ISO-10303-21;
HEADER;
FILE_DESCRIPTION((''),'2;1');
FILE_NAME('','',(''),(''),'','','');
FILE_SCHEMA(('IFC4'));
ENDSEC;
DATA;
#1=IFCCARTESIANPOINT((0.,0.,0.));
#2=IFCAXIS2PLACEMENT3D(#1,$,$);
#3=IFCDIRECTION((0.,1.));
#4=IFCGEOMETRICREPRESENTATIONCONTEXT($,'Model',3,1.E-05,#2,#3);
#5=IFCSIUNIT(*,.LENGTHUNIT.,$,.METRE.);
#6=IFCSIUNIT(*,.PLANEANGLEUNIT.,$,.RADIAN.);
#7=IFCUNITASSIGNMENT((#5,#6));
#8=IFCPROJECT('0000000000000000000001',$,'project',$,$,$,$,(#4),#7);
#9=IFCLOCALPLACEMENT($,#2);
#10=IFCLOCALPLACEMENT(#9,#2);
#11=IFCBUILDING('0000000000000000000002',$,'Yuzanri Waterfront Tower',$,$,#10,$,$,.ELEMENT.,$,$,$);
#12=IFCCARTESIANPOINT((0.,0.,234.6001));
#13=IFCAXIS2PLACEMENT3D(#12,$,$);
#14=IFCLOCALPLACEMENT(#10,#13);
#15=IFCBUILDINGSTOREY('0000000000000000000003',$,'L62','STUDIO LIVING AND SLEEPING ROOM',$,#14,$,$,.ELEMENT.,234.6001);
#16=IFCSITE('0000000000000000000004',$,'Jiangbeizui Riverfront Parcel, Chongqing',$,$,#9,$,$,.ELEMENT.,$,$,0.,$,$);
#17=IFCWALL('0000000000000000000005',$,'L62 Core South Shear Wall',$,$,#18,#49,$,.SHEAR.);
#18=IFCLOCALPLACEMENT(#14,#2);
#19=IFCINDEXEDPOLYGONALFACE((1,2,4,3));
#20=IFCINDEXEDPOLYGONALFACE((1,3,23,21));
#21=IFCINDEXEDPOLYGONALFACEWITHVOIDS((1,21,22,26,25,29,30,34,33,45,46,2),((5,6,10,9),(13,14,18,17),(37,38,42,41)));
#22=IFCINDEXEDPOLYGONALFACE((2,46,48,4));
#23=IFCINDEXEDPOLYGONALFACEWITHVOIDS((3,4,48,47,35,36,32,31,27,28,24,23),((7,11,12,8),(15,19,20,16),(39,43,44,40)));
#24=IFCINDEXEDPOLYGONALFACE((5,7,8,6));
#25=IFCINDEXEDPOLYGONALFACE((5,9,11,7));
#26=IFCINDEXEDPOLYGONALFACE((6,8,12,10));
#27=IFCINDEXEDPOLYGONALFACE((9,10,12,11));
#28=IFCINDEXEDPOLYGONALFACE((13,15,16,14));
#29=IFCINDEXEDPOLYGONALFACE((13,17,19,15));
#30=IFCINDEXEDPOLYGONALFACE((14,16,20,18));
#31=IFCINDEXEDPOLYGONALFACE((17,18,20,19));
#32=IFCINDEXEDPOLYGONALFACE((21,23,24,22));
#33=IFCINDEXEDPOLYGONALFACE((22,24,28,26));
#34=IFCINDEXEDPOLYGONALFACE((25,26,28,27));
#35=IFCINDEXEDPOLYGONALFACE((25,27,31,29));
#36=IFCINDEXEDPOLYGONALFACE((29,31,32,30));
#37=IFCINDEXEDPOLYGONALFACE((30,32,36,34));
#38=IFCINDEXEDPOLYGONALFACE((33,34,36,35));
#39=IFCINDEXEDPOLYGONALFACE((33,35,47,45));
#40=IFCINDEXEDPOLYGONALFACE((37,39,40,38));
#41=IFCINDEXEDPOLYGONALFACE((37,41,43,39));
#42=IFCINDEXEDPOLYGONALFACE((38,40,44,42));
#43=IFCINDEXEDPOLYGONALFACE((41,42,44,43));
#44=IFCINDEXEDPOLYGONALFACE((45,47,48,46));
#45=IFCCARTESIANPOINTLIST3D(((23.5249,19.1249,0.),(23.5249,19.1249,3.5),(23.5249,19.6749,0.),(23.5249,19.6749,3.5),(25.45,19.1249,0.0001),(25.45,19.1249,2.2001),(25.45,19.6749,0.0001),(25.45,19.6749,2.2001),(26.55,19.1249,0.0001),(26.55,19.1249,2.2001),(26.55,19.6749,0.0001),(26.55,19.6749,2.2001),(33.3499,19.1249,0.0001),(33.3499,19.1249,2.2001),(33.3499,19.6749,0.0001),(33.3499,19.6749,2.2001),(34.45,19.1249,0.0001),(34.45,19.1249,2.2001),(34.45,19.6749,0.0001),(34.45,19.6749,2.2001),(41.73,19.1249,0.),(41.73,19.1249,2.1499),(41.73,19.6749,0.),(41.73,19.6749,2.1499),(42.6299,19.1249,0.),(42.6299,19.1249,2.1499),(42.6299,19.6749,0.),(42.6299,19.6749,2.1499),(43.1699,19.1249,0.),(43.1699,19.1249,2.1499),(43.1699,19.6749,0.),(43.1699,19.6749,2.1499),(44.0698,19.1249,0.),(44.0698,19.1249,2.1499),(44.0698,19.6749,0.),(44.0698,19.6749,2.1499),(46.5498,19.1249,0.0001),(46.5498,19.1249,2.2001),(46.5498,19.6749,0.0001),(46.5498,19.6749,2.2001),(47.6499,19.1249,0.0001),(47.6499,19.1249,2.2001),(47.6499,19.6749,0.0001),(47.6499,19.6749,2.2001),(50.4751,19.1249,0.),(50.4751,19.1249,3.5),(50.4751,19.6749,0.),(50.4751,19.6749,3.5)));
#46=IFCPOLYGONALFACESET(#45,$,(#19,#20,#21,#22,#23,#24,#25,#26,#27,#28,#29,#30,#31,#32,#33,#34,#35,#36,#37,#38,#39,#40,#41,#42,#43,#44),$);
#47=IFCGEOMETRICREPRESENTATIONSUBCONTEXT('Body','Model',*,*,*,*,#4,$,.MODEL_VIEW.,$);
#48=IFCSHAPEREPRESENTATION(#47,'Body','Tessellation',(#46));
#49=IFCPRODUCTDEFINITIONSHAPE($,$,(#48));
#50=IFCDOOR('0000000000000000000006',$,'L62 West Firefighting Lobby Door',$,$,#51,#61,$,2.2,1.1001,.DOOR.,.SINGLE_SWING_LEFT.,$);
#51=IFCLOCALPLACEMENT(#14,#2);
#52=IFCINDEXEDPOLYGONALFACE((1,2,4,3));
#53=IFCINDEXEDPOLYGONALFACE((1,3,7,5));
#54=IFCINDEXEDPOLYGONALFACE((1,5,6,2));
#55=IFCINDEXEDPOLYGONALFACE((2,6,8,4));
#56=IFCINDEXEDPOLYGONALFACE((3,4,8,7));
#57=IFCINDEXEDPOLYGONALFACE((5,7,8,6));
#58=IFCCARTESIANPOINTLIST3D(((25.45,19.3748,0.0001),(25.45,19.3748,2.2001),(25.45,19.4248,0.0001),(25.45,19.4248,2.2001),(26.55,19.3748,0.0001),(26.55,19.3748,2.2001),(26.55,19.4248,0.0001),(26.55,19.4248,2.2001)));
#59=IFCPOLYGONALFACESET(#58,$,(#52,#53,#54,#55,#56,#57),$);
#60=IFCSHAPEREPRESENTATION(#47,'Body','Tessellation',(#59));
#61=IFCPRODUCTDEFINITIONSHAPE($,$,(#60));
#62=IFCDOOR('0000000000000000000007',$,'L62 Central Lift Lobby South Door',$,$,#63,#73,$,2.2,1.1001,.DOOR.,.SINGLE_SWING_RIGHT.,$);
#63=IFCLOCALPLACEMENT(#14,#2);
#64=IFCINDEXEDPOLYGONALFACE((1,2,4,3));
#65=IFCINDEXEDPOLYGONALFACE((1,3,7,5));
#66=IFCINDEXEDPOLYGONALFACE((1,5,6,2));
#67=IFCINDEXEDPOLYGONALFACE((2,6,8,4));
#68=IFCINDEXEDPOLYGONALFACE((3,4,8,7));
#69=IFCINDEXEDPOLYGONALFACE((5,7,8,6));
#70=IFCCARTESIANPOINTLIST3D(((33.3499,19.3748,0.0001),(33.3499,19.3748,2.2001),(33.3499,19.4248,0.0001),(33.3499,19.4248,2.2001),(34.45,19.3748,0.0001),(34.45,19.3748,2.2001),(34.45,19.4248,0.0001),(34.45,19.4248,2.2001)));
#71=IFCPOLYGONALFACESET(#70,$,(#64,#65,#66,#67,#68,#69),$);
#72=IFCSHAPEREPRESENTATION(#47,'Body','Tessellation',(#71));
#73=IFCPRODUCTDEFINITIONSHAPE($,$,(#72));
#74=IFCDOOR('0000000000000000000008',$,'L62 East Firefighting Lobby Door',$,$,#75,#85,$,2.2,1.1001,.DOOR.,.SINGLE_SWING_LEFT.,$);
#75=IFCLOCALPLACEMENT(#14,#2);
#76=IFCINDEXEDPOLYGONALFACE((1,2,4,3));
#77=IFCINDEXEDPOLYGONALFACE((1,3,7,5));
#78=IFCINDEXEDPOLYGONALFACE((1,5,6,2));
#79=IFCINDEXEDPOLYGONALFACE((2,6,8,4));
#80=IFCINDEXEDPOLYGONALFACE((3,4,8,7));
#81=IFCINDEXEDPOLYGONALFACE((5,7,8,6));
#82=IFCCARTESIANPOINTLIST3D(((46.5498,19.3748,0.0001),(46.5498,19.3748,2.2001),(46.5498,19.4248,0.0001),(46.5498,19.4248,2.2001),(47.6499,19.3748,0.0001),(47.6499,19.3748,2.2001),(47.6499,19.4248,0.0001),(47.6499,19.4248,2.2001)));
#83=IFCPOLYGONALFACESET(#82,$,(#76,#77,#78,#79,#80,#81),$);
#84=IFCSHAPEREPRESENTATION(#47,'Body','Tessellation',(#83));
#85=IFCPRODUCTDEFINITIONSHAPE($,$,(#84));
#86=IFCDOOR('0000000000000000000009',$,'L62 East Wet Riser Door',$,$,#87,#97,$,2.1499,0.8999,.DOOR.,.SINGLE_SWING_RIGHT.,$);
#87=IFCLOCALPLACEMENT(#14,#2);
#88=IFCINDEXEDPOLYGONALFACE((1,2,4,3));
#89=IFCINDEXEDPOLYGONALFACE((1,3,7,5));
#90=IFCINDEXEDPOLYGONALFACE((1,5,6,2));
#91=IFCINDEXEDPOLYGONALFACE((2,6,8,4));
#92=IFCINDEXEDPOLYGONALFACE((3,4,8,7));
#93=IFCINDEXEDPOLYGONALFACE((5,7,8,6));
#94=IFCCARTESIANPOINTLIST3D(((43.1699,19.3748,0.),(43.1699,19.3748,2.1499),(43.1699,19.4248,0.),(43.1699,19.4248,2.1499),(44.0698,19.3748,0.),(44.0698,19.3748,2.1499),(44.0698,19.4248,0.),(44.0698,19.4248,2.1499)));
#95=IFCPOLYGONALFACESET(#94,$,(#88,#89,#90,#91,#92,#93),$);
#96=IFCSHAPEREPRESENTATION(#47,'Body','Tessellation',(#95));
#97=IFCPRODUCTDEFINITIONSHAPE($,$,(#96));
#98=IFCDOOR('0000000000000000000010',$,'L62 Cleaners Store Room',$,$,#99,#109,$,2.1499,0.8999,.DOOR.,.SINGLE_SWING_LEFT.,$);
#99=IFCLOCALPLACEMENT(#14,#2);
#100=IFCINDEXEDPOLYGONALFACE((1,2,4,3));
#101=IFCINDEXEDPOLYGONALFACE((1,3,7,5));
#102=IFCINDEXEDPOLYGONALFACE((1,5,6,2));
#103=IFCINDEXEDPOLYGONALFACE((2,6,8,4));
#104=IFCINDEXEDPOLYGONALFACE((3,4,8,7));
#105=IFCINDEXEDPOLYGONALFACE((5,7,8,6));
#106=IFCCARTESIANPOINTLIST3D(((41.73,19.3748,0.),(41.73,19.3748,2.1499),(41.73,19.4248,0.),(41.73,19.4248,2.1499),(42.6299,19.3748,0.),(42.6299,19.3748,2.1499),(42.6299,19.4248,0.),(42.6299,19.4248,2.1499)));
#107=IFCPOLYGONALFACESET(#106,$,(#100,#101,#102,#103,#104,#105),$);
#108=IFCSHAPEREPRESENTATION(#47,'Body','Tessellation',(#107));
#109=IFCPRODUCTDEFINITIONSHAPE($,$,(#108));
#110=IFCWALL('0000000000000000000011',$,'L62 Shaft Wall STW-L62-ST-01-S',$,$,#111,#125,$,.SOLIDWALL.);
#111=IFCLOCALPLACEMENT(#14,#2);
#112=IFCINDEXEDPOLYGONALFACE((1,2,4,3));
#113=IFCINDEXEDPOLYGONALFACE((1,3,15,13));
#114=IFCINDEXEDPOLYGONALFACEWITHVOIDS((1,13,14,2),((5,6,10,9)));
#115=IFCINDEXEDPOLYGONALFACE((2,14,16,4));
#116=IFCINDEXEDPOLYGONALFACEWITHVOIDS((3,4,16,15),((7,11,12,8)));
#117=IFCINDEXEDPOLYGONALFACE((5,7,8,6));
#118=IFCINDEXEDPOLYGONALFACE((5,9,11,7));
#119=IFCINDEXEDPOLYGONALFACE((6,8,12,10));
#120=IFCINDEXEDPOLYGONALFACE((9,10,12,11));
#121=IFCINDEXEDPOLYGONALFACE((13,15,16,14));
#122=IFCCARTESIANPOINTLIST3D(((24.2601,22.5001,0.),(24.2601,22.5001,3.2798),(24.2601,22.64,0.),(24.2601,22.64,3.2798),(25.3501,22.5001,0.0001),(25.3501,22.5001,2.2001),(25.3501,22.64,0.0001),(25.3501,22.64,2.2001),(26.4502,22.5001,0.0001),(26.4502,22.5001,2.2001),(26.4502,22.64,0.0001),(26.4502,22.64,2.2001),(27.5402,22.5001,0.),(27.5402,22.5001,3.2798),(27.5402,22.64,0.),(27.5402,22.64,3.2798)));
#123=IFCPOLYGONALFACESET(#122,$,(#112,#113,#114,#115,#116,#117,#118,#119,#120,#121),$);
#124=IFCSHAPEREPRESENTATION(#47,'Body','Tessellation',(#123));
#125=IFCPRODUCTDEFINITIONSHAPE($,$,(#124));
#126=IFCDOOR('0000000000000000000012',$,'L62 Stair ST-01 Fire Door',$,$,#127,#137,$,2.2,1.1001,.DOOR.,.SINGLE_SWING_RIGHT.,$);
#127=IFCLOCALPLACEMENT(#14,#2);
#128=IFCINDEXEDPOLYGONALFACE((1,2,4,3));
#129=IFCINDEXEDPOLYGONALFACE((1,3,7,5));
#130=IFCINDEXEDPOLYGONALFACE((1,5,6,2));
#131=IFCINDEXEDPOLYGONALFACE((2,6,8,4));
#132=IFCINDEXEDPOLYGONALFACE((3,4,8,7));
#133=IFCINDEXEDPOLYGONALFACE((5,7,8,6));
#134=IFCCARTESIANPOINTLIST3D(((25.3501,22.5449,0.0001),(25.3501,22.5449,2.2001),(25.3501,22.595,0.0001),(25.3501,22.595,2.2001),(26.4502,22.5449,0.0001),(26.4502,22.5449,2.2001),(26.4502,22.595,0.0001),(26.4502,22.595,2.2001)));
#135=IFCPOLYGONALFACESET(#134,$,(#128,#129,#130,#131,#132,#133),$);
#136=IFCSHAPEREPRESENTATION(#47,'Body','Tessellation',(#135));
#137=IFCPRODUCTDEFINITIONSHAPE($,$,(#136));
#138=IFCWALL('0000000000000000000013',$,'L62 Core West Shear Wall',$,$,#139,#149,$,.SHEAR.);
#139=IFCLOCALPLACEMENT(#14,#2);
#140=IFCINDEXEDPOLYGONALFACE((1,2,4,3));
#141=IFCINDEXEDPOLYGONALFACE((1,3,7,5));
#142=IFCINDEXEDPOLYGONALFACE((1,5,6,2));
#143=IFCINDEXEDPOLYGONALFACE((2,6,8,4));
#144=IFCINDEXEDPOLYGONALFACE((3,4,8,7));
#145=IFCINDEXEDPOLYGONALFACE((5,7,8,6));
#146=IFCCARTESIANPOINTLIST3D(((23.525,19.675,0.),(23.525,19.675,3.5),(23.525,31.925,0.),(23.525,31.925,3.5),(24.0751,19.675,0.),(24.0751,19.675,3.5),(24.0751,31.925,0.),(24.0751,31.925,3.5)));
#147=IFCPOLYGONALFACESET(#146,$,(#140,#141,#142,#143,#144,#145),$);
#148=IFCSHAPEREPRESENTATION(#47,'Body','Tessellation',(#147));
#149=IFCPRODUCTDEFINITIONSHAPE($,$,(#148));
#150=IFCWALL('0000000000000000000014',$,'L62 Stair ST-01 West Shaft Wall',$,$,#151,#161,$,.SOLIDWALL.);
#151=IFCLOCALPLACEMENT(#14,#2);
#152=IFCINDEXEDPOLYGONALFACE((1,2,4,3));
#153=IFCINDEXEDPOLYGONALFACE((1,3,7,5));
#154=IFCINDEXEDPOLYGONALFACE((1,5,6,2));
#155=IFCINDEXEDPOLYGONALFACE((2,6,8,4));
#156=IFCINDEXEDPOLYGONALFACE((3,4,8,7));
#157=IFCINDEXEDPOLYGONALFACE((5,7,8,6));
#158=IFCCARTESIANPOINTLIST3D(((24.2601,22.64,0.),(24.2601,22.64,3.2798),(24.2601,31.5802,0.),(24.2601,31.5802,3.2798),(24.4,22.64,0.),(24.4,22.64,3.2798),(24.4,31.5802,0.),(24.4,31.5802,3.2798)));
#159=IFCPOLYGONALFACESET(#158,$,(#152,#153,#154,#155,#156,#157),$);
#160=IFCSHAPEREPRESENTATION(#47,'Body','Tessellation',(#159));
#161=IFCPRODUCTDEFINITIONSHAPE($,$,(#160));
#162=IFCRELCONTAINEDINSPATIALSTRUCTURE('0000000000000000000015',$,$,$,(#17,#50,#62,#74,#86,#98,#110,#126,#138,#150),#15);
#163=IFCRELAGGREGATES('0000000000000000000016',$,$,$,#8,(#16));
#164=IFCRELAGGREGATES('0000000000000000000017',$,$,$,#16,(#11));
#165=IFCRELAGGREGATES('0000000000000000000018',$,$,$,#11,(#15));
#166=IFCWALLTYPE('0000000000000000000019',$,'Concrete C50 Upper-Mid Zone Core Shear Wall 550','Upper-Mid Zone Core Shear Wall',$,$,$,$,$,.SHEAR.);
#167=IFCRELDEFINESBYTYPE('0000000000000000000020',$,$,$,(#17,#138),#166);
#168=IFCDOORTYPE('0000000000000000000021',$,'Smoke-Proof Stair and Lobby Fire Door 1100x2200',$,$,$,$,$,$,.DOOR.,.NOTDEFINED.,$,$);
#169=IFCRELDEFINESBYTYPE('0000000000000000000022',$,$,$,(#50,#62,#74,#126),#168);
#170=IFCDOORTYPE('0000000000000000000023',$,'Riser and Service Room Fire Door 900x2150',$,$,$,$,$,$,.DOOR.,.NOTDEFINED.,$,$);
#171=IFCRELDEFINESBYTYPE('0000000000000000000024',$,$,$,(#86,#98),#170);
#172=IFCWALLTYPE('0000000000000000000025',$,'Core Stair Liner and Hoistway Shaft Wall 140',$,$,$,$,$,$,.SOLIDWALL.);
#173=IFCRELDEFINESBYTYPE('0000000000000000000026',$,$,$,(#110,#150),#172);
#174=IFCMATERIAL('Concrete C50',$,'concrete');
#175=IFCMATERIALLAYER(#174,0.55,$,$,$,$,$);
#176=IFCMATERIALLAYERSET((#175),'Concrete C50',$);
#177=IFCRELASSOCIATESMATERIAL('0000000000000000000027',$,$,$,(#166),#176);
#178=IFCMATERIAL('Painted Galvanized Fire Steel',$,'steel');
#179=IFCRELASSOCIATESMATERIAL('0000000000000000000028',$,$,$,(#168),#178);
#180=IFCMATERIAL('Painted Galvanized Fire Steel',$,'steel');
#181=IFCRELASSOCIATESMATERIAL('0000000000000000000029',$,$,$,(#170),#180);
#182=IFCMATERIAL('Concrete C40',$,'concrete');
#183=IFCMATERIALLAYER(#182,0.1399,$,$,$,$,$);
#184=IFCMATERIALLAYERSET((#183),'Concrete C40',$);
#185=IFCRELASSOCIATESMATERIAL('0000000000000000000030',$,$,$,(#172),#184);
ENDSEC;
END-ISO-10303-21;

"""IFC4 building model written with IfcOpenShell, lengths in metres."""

from ifc_helpers import new_model, si_unit, direction, frame, frame_2d, origin, place, context, subcontext, project, spatial, rectangle, extrude, source, transform, mapped, material, layer, layer_set, type_object, element, fill, save


model = new_model("IFC4")

# Units and contexts
model_context = context("Model", 3, precision=1e-05, world=origin(), true_north=direction((0.0, 1.0)))
body_context = subcontext(model_context, "Body", "Model", "MODEL_VIEW")
ifc_project = project(units=[si_unit("LENGTHUNIT", "METRE"), si_unit("PLANEANGLEUNIT", "RADIAN")], contexts=[model_context])

# Site, building, storey
site_placement = place(None, origin())
site = spatial("IfcSite", under=ifc_project, at=site_placement, Name="Jiangbeizui Riverfront Parcel, Chongqing", CompositionType="ELEMENT", RefElevation=0.0)
building_placement = place(site_placement, origin())
building = spatial("IfcBuilding", under=site, at=building_placement, Name="Yuzanri Waterfront Tower", CompositionType="ELEMENT")
storey_placement = place(building_placement, frame((0.0, 0.0, 234.6001)))
storey = spatial("IfcBuildingStorey", under=building, at=storey_placement, Name="L62", Description="STUDIO LIVING AND SLEEPING ROOM", CompositionType="ELEMENT", Elevation=234.6001)

# Wall, openings, doors
ifc_material_1 = material(Name="Concrete C50", Category="concrete")
ifc_layer_1 = layer(ifc_material_1, 0.55)
ifc_layer_set_1 = layer_set([ifc_layer_1], Name="Concrete C50")
wall_type_1 = type_object("IfcWallType", Name="Concrete C50 Upper-Mid Zone Core Shear Wall 550", Description="Upper-Mid Zone Core Shear Wall", PredefinedType="SHEAR", material=ifc_layer_set_1)
wall_1_placement = place(storey_placement, frame((23.5249, 19.3999, 0.0), z_axis=(0.0, 0.0, 1.0), x_axis=(1.0, 0.0, 0.0)))
wall_1 = element("IfcWall", 1, at=wall_1_placement, inside=storey, type_object=wall_type_1, Name="L62 Core South Shear Wall", PredefinedType="SHEAR", context=body_context, shape_type="SweptSolid", body=[
    extrude(rectangle(XDim=26.9502, YDim=0.55, at=frame_2d((13.4751, 0.0))), origin(), (0.0, 0.0, 1.0), 3.5),
])
opening_1_placement = place(wall_1_placement, frame((1.925, 0.0, 0.0)))
opening_1 = element("IfcOpeningElement", 2, at=opening_1_placement, cuts=wall_1, PredefinedType="OPENING", context=body_context, shape_type="SweptSolid", body=[
    extrude(rectangle(XDim=1.1001, YDim=2.2, at=frame_2d((0.55, 1.1001))), frame((0.0, 0.29, 0.0), z_axis=(0.0, -1.0, 0.0), x_axis=(1.0, 0.0, 0.0)), (0.0, 0.0, 1.0), 0.5798),
])
opening_2_placement = place(wall_1_placement, frame((9.825, 0.0, 0.0)))
opening_2 = element("IfcOpeningElement", 3, at=opening_2_placement, cuts=wall_1, PredefinedType="OPENING", context=body_context, shape_type="SweptSolid", body=[
    extrude(rectangle(XDim=1.1001, YDim=2.2, at=frame_2d((0.55, 1.1001))), frame((0.0, 0.29, 0.0), z_axis=(0.0, -1.0, 0.0), x_axis=(1.0, 0.0, 0.0)), (0.0, 0.0, 1.0), 0.5798),
])
opening_3_placement = place(wall_1_placement, frame((23.0249, 0.0, 0.0)))
opening_3 = element("IfcOpeningElement", 4, at=opening_3_placement, cuts=wall_1, PredefinedType="OPENING", context=body_context, shape_type="SweptSolid", body=[
    extrude(rectangle(XDim=1.1001, YDim=2.2, at=frame_2d((0.55, 1.1001))), frame((0.0, 0.29, 0.0), z_axis=(0.0, -1.0, 0.0), x_axis=(1.0, 0.0, 0.0)), (0.0, 0.0, 1.0), 0.5798),
])
opening_4_placement = place(wall_1_placement, frame((19.645, 0.0, 0.0)))
opening_4 = element("IfcOpeningElement", 5, at=opening_4_placement, cuts=wall_1, PredefinedType="OPENING", context=body_context, shape_type="SweptSolid", body=[
    extrude(rectangle(XDim=0.8999, YDim=2.1499, at=frame_2d((0.45, 1.075))), frame((0.0, 0.29, 0.0), z_axis=(0.0, -1.0, 0.0), x_axis=(1.0, 0.0, 0.0)), (0.0, 0.0, 1.0), 0.5798),
])
opening_5_placement = place(wall_1_placement, frame((18.2051, 0.0, 0.0)))
opening_5 = element("IfcOpeningElement", 6, at=opening_5_placement, cuts=wall_1, PredefinedType="OPENING", context=body_context, shape_type="SweptSolid", body=[
    extrude(rectangle(XDim=0.8999, YDim=2.1499, at=frame_2d((0.45, 1.075))), frame((0.0, 0.29, 0.0), z_axis=(0.0, -1.0, 0.0), x_axis=(1.0, 0.0, 0.0)), (0.0, 0.0, 1.0), 0.5798),
])
ifc_material_2 = material(Name="Painted Galvanized Fire Steel", Category="steel")
door_type_1 = type_object("IfcDoorType", Name="Smoke-Proof Stair and Lobby Fire Door 1100x2200", OperationType="NOTDEFINED", PredefinedType="DOOR", material=ifc_material_2)
shared_shape_1 = source(origin(), body_context, "Body", "SweptSolid", [
    extrude(rectangle(XDim=1.1001, YDim=2.2, at=frame_2d((0.55, 1.1001))), frame((0.0, 0.0249, 0.0), z_axis=(0.0, -1.0, 0.0), x_axis=(1.0, 0.0, 0.0)), (0.0, 0.0, 1.0), 0.05),
])
door_1_placement = place(opening_1_placement, origin())
door_1 = element("IfcDoor", 7, at=door_1_placement, inside=storey, type_object=door_type_1, Name="L62 West Firefighting Lobby Door", OperationType="SINGLE_SWING_LEFT", OverallHeight=2.2, OverallWidth=1.1001, PredefinedType="DOOR", context=body_context, shape_type="MappedRepresentation", body=[
    mapped(shared_shape_1, transform((0.0, 0.0, 0.0), scale=1.0)),
])
fill(opening_1, door_1)
door_2_placement = place(opening_2_placement, origin())
door_2 = element("IfcDoor", 8, at=door_2_placement, inside=storey, type_object=door_type_1, Name="L62 Central Lift Lobby South Door", OperationType="SINGLE_SWING_RIGHT", OverallHeight=2.2, OverallWidth=1.1001, PredefinedType="DOOR", context=body_context, shape_type="MappedRepresentation", body=[
    mapped(shared_shape_1, transform((0.0, 0.0, 0.0), scale=1.0)),
])
fill(opening_2, door_2)
door_3_placement = place(opening_3_placement, origin())
door_3 = element("IfcDoor", 9, at=door_3_placement, inside=storey, type_object=door_type_1, Name="L62 East Firefighting Lobby Door", OperationType="SINGLE_SWING_LEFT", OverallHeight=2.2, OverallWidth=1.1001, PredefinedType="DOOR", context=body_context, shape_type="MappedRepresentation", body=[
    mapped(shared_shape_1, transform((0.0, 0.0, 0.0), scale=1.0)),
])
fill(opening_3, door_3)
ifc_material_3 = material(Name="Painted Galvanized Fire Steel", Category="steel")
door_type_2 = type_object("IfcDoorType", Name="Riser and Service Room Fire Door 900x2150", OperationType="NOTDEFINED", PredefinedType="DOOR", material=ifc_material_3)
shared_shape_2 = source(origin(), body_context, "Body", "SweptSolid", [
    extrude(rectangle(XDim=0.8999, YDim=2.1499, at=frame_2d((0.45, 1.075))), frame((0.0, 0.0249, 0.0), z_axis=(0.0, -1.0, 0.0), x_axis=(1.0, 0.0, 0.0)), (0.0, 0.0, 1.0), 0.05),
])
door_4_placement = place(opening_4_placement, origin())
door_4 = element("IfcDoor", 10, at=door_4_placement, inside=storey, type_object=door_type_2, Name="L62 East Wet Riser Door", OperationType="SINGLE_SWING_RIGHT", OverallHeight=2.1499, OverallWidth=0.8999, PredefinedType="DOOR", context=body_context, shape_type="MappedRepresentation", body=[
    mapped(shared_shape_2, transform((0.0, 0.0, 0.0), scale=1.0)),
])
fill(opening_4, door_4)
door_5_placement = place(opening_5_placement, origin())
door_5 = element("IfcDoor", 11, at=door_5_placement, inside=storey, type_object=door_type_2, Name="L62 Cleaners Store Room", OperationType="SINGLE_SWING_LEFT", OverallHeight=2.1499, OverallWidth=0.8999, PredefinedType="DOOR", context=body_context, shape_type="MappedRepresentation", body=[
    mapped(shared_shape_2, transform((0.0, 0.0, 0.0), scale=1.0)),
])
fill(opening_5, door_5)

# Wall, opening, door
ifc_material_4 = material(Name="Concrete C40", Category="concrete")
ifc_layer_2 = layer(ifc_material_4, 0.1399)
ifc_layer_set_2 = layer_set([ifc_layer_2], Name="Concrete C40")
wall_type_2 = type_object("IfcWallType", Name="Core Stair Liner and Hoistway Shaft Wall 140", PredefinedType="SOLIDWALL", material=ifc_layer_set_2)
wall_2_placement = place(storey_placement, frame((24.26, 22.5701, 0.0), z_axis=(0.0, 0.0, 1.0), x_axis=(1.0, 0.0, 0.0)))
wall_2 = element("IfcWall", 12, at=wall_2_placement, inside=storey, type_object=wall_type_2, Name="L62 Shaft Wall STW-L62-ST-01-S", PredefinedType="SOLIDWALL", context=body_context, shape_type="SweptSolid", body=[
    extrude(rectangle(XDim=3.28, YDim=0.1399, at=frame_2d((1.6401, 0.0))), origin(), (0.0, 0.0, 1.0), 3.2798),
])
opening_6_placement = place(wall_2_placement, frame((1.0901, 0.0, 0.0)))
opening_6 = element("IfcOpeningElement", 13, at=opening_6_placement, cuts=wall_2, PredefinedType="OPENING", context=body_context, shape_type="SweptSolid", body=[
    extrude(rectangle(XDim=1.1001, YDim=2.2, at=frame_2d((0.55, 1.1001))), frame((0.0, 0.085, 0.0), z_axis=(0.0, -1.0, 0.0), x_axis=(1.0, 0.0, 0.0)), (0.0, 0.0, 1.0), 0.1697),
])
door_6_placement = place(opening_6_placement, origin())
door_6 = element("IfcDoor", 14, at=door_6_placement, inside=storey, type_object=door_type_1, Name="L62 Stair ST-01 Fire Door", OperationType="SINGLE_SWING_RIGHT", OverallHeight=2.2, OverallWidth=1.1001, PredefinedType="DOOR", context=body_context, shape_type="MappedRepresentation", body=[
    mapped(shared_shape_1, transform((0.0, 0.0, 0.0), scale=1.0)),
])
fill(opening_6, door_6)

# Walls
shared_shape_3 = source(origin(), body_context, "Body", "SweptSolid", [
    extrude(rectangle(XDim=12.25, YDim=0.55, at=frame_2d((6.125, 0.0))), origin(), (0.0, 0.0, 1.0), 3.5),
])
wall_3_placement = place(storey_placement, frame((23.8, 19.675, 0.0), z_axis=(0.0, 0.0, 1.0), x_axis=(0.0, 1.0, 0.0)))
element("IfcWall", 15, at=wall_3_placement, inside=storey, type_object=wall_type_1, Name="L62 Core West Shear Wall", PredefinedType="SHEAR", context=body_context, shape_type="MappedRepresentation", body=[
    mapped(shared_shape_3, transform((0.0, 0.0, 0.0), scale=1.0)),
])
shared_shape_4 = source(origin(), body_context, "Body", "SweptSolid", [
    extrude(rectangle(XDim=8.9402, YDim=0.1399, at=frame_2d((4.4702, 0.0))), origin(), (0.0, 0.0, 1.0), 3.2798),
])
wall_4_placement = place(storey_placement, frame((24.3301, 22.6399, 0.0), z_axis=(0.0, 0.0, 1.0), x_axis=(0.0, 1.0, 0.0)))
element("IfcWall", 16, at=wall_4_placement, inside=storey, type_object=wall_type_2, Name="L62 Stair ST-01 West Shaft Wall", PredefinedType="SOLIDWALL", context=body_context, shape_type="MappedRepresentation", body=[
    mapped(shared_shape_4, transform((0.0, 0.0, 0.0), scale=1.0)),
])

save(model, "model.ifc")
